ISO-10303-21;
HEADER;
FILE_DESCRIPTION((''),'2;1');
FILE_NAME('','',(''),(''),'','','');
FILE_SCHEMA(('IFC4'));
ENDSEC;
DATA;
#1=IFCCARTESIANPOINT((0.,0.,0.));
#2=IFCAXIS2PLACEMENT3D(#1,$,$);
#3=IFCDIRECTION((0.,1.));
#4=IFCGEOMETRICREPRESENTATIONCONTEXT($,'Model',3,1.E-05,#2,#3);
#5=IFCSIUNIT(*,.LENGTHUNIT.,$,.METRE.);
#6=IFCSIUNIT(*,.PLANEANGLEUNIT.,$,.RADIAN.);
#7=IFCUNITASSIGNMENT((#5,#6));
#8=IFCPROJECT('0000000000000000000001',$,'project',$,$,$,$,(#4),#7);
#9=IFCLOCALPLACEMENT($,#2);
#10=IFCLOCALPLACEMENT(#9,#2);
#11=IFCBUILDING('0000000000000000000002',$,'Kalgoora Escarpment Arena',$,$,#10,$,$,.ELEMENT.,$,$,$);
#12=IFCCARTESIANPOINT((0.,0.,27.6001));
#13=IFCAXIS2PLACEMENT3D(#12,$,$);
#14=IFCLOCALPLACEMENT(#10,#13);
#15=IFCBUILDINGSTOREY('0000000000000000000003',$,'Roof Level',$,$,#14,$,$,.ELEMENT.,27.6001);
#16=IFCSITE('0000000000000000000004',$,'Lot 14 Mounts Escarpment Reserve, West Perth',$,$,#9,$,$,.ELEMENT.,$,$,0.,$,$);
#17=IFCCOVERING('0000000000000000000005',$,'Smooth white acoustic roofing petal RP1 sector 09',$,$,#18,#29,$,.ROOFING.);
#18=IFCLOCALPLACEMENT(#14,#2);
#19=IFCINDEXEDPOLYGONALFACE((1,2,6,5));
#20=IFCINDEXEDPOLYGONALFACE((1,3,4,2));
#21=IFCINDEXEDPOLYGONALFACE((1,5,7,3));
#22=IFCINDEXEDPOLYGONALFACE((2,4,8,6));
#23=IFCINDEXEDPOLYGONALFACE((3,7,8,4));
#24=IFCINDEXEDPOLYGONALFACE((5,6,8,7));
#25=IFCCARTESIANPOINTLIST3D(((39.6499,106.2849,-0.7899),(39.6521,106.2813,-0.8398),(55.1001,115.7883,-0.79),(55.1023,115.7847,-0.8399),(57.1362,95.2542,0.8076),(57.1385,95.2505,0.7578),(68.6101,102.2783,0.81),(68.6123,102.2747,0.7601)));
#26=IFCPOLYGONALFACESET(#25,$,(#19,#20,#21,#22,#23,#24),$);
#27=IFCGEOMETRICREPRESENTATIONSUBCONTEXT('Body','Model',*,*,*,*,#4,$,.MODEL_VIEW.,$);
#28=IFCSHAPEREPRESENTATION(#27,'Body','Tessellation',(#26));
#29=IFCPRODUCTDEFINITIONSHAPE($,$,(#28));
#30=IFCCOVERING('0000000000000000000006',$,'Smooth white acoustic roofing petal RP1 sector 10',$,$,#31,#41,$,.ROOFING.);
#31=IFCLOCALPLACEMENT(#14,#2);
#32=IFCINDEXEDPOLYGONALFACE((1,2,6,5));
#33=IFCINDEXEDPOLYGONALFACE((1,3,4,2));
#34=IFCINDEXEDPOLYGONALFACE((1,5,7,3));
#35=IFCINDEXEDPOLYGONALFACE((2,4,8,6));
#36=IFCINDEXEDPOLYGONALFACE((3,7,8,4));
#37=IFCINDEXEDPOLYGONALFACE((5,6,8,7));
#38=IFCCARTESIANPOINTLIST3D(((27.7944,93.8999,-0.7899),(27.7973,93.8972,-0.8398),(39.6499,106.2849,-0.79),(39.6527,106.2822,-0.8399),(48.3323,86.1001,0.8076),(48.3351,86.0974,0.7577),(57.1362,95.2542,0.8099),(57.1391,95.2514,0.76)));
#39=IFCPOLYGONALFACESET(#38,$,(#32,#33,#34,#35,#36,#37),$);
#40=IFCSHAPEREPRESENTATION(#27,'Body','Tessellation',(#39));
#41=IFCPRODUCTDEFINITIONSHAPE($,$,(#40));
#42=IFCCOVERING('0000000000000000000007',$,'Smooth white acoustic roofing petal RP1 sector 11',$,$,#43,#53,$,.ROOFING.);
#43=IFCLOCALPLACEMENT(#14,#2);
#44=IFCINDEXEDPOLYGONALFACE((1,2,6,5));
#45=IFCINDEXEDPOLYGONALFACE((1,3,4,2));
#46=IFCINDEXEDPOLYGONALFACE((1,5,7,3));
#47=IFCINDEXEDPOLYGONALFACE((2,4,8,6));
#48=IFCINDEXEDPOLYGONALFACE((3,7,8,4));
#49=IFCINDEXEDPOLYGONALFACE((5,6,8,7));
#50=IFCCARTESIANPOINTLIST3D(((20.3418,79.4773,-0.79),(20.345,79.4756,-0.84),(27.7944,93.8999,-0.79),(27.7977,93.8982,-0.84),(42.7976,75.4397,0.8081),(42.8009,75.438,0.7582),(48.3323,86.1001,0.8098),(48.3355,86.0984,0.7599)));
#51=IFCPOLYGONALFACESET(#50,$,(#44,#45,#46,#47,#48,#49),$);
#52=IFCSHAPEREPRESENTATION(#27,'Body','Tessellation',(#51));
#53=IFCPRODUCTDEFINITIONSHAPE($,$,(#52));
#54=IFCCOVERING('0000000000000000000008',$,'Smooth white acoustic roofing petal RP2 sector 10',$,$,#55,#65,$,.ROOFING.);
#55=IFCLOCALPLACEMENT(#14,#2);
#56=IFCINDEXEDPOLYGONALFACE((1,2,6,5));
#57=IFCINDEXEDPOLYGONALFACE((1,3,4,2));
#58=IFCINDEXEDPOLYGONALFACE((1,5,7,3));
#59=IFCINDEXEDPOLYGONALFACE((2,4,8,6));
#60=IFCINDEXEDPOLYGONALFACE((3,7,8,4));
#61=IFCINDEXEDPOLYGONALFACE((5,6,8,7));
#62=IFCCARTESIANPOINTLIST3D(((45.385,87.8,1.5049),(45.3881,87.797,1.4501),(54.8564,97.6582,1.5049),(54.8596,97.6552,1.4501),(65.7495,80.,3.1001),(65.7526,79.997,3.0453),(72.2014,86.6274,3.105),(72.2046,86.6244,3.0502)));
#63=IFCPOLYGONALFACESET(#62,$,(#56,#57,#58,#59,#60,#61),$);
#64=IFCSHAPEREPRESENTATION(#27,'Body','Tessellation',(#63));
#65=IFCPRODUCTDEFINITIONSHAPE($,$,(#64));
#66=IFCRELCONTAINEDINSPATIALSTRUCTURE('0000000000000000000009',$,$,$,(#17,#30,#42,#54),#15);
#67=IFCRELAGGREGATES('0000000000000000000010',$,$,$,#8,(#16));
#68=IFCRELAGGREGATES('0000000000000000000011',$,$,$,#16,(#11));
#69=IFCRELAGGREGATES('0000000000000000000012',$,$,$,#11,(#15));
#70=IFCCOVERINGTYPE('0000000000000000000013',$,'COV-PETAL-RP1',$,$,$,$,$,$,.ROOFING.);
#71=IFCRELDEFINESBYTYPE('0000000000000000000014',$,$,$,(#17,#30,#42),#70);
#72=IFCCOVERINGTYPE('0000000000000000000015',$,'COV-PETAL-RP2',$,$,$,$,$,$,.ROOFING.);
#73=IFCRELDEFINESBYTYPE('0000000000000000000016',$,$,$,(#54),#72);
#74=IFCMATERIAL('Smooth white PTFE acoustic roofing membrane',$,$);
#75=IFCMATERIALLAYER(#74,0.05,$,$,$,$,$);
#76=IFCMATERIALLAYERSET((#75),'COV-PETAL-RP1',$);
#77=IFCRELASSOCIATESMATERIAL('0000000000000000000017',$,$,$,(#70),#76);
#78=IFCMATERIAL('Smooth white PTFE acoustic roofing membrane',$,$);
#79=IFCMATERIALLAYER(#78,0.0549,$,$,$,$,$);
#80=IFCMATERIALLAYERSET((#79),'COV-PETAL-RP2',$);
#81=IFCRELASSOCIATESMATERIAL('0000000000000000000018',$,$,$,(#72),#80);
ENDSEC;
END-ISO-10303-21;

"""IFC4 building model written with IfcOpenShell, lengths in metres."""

from ifc_helpers import new_model, si_unit, direction, frame, origin, place, context, subcontext, project, spatial, polyline, outline, extrude, material, layer, layer_set, type_object, element, save


model = new_model("IFC4")

# Units and contexts
model_context = context("Model", 3, precision=1e-05, world=origin(), true_north=direction((0.0, 1.0)))
body_context = subcontext(model_context, "Body", "Model", "MODEL_VIEW")
ifc_project = project(units=[si_unit("LENGTHUNIT", "METRE"), si_unit("PLANEANGLEUNIT", "RADIAN")], contexts=[model_context])

# Site, building, storey
site_placement = place(None, origin())
site = spatial("IfcSite", under=ifc_project, at=site_placement, Name="Lot 14 Mounts Escarpment Reserve, West Perth", CompositionType="ELEMENT", RefElevation=0.0)
building_placement = place(site_placement, origin())
building = spatial("IfcBuilding", under=site, at=building_placement, Name="Kalgoora Escarpment Arena", CompositionType="ELEMENT")
storey_placement = place(building_placement, frame((0.0, 0.0, 27.6001)))
storey = spatial("IfcBuildingStorey", under=building, at=storey_placement, Name="Roof Level", CompositionType="ELEMENT", Elevation=27.6001)

# Coverings
ifc_material_1 = material(Name="Smooth white PTFE acoustic roofing membrane")
ifc_layer_1 = layer(ifc_material_1, 0.05)
ifc_layer_set_1 = layer_set([ifc_layer_1], Name="COV-PETAL-RP1")
covering_type_1 = type_object("IfcCoveringType", Name="COV-PETAL-RP1", PredefinedType="ROOFING", material=ifc_layer_set_1)
covering_1_placement = place(storey_placement, frame((55.1001, 115.7883, -0.79), z_axis=(-0.044931, 0.073063, 0.996315), x_axis=(-0.851767, -0.523921, 0.000008)))
element("IfcCovering", 1, at=covering_1_placement, inside=storey, type_object=covering_type_1, Name="Smooth white acoustic roofing petal RP1 sector 09", PredefinedType="ROOFING", context=body_context, shape_type="SweptSolid", body=[
    extrude(outline(polyline([(0.0, 0.0), (18.139, 0.0), (9.024, 18.6257), (-4.4292, 18.6543), (0.0, 0.0)])), origin(), (0.0, 0.0, -1.0), 0.05),
])
covering_2_placement = place(storey_placement, frame((39.6499, 106.2849, -0.79), z_axis=(-0.056868, 0.054444, 0.996896), x_axis=(-0.691495, -0.722381, 0.000005)))
element("IfcCovering", 2, at=covering_2_placement, inside=storey, type_object=covering_type_1, Name="Smooth white acoustic roofing petal RP1 sector 10", PredefinedType="ROOFING", context=body_context, shape_type="SweptSolid", body=[
    extrude(outline(polyline([(0.0, 0.0), (17.1447, 0.0), (8.5773, 20.2927), (-4.1233, 20.3226), (0.0, 0.0)])), origin(), (0.0, 0.0, -1.0), 0.05),
])
covering_3_placement = place(storey_placement, frame((27.7944, 93.8999, -0.79), z_axis=(-0.064944, 0.033558, 0.997324), x_axis=(-0.459067, -0.888402, 0.0)))
element("IfcCovering", 3, at=covering_3_placement, inside=storey, type_object=covering_type_1, Name="Smooth white acoustic roofing petal RP1 sector 11", PredefinedType="ROOFING", context=body_context, shape_type="SweptSolid", body=[
    extrude(outline(polyline([(0.0, 0.0), (16.2343, 0.0), (9.5126, 21.8618), (-2.4989, 21.885), (0.0, 0.0)])), origin(), (0.0, 0.0, -1.0), 0.05),
])
ifc_material_2 = material(Name="Smooth white PTFE acoustic roofing membrane")
ifc_layer_2 = layer(ifc_material_2, 0.0549)
ifc_layer_set_2 = layer_set([ifc_layer_2], Name="COV-PETAL-RP2")
covering_type_2 = type_object("IfcCoveringType", Name="COV-PETAL-RP2", PredefinedType="ROOFING", material=ifc_layer_set_2)
covering_4_placement = place(storey_placement, frame((54.8564, 97.6582, 1.5049), z_axis=(-0.057083, 0.054841, 0.996862), x_axis=(-0.692821, -0.721109, -0.000002)))
element("IfcCovering", 4, at=covering_4_placement, inside=storey, type_object=covering_type_2, Name="Smooth white acoustic roofing petal RP2 sector 10", PredefinedType="ROOFING", context=body_context, shape_type="SweptSolid", body=[
    extrude(outline(polyline([(0.0, 0.0), (13.6708, 0.0), (5.1865, 20.1523), (-4.0626, 20.2134), (0.0, 0.0)])), origin(), (0.0, 0.0, -1.0), 0.0549),
])

save(model, "model.ifc")
